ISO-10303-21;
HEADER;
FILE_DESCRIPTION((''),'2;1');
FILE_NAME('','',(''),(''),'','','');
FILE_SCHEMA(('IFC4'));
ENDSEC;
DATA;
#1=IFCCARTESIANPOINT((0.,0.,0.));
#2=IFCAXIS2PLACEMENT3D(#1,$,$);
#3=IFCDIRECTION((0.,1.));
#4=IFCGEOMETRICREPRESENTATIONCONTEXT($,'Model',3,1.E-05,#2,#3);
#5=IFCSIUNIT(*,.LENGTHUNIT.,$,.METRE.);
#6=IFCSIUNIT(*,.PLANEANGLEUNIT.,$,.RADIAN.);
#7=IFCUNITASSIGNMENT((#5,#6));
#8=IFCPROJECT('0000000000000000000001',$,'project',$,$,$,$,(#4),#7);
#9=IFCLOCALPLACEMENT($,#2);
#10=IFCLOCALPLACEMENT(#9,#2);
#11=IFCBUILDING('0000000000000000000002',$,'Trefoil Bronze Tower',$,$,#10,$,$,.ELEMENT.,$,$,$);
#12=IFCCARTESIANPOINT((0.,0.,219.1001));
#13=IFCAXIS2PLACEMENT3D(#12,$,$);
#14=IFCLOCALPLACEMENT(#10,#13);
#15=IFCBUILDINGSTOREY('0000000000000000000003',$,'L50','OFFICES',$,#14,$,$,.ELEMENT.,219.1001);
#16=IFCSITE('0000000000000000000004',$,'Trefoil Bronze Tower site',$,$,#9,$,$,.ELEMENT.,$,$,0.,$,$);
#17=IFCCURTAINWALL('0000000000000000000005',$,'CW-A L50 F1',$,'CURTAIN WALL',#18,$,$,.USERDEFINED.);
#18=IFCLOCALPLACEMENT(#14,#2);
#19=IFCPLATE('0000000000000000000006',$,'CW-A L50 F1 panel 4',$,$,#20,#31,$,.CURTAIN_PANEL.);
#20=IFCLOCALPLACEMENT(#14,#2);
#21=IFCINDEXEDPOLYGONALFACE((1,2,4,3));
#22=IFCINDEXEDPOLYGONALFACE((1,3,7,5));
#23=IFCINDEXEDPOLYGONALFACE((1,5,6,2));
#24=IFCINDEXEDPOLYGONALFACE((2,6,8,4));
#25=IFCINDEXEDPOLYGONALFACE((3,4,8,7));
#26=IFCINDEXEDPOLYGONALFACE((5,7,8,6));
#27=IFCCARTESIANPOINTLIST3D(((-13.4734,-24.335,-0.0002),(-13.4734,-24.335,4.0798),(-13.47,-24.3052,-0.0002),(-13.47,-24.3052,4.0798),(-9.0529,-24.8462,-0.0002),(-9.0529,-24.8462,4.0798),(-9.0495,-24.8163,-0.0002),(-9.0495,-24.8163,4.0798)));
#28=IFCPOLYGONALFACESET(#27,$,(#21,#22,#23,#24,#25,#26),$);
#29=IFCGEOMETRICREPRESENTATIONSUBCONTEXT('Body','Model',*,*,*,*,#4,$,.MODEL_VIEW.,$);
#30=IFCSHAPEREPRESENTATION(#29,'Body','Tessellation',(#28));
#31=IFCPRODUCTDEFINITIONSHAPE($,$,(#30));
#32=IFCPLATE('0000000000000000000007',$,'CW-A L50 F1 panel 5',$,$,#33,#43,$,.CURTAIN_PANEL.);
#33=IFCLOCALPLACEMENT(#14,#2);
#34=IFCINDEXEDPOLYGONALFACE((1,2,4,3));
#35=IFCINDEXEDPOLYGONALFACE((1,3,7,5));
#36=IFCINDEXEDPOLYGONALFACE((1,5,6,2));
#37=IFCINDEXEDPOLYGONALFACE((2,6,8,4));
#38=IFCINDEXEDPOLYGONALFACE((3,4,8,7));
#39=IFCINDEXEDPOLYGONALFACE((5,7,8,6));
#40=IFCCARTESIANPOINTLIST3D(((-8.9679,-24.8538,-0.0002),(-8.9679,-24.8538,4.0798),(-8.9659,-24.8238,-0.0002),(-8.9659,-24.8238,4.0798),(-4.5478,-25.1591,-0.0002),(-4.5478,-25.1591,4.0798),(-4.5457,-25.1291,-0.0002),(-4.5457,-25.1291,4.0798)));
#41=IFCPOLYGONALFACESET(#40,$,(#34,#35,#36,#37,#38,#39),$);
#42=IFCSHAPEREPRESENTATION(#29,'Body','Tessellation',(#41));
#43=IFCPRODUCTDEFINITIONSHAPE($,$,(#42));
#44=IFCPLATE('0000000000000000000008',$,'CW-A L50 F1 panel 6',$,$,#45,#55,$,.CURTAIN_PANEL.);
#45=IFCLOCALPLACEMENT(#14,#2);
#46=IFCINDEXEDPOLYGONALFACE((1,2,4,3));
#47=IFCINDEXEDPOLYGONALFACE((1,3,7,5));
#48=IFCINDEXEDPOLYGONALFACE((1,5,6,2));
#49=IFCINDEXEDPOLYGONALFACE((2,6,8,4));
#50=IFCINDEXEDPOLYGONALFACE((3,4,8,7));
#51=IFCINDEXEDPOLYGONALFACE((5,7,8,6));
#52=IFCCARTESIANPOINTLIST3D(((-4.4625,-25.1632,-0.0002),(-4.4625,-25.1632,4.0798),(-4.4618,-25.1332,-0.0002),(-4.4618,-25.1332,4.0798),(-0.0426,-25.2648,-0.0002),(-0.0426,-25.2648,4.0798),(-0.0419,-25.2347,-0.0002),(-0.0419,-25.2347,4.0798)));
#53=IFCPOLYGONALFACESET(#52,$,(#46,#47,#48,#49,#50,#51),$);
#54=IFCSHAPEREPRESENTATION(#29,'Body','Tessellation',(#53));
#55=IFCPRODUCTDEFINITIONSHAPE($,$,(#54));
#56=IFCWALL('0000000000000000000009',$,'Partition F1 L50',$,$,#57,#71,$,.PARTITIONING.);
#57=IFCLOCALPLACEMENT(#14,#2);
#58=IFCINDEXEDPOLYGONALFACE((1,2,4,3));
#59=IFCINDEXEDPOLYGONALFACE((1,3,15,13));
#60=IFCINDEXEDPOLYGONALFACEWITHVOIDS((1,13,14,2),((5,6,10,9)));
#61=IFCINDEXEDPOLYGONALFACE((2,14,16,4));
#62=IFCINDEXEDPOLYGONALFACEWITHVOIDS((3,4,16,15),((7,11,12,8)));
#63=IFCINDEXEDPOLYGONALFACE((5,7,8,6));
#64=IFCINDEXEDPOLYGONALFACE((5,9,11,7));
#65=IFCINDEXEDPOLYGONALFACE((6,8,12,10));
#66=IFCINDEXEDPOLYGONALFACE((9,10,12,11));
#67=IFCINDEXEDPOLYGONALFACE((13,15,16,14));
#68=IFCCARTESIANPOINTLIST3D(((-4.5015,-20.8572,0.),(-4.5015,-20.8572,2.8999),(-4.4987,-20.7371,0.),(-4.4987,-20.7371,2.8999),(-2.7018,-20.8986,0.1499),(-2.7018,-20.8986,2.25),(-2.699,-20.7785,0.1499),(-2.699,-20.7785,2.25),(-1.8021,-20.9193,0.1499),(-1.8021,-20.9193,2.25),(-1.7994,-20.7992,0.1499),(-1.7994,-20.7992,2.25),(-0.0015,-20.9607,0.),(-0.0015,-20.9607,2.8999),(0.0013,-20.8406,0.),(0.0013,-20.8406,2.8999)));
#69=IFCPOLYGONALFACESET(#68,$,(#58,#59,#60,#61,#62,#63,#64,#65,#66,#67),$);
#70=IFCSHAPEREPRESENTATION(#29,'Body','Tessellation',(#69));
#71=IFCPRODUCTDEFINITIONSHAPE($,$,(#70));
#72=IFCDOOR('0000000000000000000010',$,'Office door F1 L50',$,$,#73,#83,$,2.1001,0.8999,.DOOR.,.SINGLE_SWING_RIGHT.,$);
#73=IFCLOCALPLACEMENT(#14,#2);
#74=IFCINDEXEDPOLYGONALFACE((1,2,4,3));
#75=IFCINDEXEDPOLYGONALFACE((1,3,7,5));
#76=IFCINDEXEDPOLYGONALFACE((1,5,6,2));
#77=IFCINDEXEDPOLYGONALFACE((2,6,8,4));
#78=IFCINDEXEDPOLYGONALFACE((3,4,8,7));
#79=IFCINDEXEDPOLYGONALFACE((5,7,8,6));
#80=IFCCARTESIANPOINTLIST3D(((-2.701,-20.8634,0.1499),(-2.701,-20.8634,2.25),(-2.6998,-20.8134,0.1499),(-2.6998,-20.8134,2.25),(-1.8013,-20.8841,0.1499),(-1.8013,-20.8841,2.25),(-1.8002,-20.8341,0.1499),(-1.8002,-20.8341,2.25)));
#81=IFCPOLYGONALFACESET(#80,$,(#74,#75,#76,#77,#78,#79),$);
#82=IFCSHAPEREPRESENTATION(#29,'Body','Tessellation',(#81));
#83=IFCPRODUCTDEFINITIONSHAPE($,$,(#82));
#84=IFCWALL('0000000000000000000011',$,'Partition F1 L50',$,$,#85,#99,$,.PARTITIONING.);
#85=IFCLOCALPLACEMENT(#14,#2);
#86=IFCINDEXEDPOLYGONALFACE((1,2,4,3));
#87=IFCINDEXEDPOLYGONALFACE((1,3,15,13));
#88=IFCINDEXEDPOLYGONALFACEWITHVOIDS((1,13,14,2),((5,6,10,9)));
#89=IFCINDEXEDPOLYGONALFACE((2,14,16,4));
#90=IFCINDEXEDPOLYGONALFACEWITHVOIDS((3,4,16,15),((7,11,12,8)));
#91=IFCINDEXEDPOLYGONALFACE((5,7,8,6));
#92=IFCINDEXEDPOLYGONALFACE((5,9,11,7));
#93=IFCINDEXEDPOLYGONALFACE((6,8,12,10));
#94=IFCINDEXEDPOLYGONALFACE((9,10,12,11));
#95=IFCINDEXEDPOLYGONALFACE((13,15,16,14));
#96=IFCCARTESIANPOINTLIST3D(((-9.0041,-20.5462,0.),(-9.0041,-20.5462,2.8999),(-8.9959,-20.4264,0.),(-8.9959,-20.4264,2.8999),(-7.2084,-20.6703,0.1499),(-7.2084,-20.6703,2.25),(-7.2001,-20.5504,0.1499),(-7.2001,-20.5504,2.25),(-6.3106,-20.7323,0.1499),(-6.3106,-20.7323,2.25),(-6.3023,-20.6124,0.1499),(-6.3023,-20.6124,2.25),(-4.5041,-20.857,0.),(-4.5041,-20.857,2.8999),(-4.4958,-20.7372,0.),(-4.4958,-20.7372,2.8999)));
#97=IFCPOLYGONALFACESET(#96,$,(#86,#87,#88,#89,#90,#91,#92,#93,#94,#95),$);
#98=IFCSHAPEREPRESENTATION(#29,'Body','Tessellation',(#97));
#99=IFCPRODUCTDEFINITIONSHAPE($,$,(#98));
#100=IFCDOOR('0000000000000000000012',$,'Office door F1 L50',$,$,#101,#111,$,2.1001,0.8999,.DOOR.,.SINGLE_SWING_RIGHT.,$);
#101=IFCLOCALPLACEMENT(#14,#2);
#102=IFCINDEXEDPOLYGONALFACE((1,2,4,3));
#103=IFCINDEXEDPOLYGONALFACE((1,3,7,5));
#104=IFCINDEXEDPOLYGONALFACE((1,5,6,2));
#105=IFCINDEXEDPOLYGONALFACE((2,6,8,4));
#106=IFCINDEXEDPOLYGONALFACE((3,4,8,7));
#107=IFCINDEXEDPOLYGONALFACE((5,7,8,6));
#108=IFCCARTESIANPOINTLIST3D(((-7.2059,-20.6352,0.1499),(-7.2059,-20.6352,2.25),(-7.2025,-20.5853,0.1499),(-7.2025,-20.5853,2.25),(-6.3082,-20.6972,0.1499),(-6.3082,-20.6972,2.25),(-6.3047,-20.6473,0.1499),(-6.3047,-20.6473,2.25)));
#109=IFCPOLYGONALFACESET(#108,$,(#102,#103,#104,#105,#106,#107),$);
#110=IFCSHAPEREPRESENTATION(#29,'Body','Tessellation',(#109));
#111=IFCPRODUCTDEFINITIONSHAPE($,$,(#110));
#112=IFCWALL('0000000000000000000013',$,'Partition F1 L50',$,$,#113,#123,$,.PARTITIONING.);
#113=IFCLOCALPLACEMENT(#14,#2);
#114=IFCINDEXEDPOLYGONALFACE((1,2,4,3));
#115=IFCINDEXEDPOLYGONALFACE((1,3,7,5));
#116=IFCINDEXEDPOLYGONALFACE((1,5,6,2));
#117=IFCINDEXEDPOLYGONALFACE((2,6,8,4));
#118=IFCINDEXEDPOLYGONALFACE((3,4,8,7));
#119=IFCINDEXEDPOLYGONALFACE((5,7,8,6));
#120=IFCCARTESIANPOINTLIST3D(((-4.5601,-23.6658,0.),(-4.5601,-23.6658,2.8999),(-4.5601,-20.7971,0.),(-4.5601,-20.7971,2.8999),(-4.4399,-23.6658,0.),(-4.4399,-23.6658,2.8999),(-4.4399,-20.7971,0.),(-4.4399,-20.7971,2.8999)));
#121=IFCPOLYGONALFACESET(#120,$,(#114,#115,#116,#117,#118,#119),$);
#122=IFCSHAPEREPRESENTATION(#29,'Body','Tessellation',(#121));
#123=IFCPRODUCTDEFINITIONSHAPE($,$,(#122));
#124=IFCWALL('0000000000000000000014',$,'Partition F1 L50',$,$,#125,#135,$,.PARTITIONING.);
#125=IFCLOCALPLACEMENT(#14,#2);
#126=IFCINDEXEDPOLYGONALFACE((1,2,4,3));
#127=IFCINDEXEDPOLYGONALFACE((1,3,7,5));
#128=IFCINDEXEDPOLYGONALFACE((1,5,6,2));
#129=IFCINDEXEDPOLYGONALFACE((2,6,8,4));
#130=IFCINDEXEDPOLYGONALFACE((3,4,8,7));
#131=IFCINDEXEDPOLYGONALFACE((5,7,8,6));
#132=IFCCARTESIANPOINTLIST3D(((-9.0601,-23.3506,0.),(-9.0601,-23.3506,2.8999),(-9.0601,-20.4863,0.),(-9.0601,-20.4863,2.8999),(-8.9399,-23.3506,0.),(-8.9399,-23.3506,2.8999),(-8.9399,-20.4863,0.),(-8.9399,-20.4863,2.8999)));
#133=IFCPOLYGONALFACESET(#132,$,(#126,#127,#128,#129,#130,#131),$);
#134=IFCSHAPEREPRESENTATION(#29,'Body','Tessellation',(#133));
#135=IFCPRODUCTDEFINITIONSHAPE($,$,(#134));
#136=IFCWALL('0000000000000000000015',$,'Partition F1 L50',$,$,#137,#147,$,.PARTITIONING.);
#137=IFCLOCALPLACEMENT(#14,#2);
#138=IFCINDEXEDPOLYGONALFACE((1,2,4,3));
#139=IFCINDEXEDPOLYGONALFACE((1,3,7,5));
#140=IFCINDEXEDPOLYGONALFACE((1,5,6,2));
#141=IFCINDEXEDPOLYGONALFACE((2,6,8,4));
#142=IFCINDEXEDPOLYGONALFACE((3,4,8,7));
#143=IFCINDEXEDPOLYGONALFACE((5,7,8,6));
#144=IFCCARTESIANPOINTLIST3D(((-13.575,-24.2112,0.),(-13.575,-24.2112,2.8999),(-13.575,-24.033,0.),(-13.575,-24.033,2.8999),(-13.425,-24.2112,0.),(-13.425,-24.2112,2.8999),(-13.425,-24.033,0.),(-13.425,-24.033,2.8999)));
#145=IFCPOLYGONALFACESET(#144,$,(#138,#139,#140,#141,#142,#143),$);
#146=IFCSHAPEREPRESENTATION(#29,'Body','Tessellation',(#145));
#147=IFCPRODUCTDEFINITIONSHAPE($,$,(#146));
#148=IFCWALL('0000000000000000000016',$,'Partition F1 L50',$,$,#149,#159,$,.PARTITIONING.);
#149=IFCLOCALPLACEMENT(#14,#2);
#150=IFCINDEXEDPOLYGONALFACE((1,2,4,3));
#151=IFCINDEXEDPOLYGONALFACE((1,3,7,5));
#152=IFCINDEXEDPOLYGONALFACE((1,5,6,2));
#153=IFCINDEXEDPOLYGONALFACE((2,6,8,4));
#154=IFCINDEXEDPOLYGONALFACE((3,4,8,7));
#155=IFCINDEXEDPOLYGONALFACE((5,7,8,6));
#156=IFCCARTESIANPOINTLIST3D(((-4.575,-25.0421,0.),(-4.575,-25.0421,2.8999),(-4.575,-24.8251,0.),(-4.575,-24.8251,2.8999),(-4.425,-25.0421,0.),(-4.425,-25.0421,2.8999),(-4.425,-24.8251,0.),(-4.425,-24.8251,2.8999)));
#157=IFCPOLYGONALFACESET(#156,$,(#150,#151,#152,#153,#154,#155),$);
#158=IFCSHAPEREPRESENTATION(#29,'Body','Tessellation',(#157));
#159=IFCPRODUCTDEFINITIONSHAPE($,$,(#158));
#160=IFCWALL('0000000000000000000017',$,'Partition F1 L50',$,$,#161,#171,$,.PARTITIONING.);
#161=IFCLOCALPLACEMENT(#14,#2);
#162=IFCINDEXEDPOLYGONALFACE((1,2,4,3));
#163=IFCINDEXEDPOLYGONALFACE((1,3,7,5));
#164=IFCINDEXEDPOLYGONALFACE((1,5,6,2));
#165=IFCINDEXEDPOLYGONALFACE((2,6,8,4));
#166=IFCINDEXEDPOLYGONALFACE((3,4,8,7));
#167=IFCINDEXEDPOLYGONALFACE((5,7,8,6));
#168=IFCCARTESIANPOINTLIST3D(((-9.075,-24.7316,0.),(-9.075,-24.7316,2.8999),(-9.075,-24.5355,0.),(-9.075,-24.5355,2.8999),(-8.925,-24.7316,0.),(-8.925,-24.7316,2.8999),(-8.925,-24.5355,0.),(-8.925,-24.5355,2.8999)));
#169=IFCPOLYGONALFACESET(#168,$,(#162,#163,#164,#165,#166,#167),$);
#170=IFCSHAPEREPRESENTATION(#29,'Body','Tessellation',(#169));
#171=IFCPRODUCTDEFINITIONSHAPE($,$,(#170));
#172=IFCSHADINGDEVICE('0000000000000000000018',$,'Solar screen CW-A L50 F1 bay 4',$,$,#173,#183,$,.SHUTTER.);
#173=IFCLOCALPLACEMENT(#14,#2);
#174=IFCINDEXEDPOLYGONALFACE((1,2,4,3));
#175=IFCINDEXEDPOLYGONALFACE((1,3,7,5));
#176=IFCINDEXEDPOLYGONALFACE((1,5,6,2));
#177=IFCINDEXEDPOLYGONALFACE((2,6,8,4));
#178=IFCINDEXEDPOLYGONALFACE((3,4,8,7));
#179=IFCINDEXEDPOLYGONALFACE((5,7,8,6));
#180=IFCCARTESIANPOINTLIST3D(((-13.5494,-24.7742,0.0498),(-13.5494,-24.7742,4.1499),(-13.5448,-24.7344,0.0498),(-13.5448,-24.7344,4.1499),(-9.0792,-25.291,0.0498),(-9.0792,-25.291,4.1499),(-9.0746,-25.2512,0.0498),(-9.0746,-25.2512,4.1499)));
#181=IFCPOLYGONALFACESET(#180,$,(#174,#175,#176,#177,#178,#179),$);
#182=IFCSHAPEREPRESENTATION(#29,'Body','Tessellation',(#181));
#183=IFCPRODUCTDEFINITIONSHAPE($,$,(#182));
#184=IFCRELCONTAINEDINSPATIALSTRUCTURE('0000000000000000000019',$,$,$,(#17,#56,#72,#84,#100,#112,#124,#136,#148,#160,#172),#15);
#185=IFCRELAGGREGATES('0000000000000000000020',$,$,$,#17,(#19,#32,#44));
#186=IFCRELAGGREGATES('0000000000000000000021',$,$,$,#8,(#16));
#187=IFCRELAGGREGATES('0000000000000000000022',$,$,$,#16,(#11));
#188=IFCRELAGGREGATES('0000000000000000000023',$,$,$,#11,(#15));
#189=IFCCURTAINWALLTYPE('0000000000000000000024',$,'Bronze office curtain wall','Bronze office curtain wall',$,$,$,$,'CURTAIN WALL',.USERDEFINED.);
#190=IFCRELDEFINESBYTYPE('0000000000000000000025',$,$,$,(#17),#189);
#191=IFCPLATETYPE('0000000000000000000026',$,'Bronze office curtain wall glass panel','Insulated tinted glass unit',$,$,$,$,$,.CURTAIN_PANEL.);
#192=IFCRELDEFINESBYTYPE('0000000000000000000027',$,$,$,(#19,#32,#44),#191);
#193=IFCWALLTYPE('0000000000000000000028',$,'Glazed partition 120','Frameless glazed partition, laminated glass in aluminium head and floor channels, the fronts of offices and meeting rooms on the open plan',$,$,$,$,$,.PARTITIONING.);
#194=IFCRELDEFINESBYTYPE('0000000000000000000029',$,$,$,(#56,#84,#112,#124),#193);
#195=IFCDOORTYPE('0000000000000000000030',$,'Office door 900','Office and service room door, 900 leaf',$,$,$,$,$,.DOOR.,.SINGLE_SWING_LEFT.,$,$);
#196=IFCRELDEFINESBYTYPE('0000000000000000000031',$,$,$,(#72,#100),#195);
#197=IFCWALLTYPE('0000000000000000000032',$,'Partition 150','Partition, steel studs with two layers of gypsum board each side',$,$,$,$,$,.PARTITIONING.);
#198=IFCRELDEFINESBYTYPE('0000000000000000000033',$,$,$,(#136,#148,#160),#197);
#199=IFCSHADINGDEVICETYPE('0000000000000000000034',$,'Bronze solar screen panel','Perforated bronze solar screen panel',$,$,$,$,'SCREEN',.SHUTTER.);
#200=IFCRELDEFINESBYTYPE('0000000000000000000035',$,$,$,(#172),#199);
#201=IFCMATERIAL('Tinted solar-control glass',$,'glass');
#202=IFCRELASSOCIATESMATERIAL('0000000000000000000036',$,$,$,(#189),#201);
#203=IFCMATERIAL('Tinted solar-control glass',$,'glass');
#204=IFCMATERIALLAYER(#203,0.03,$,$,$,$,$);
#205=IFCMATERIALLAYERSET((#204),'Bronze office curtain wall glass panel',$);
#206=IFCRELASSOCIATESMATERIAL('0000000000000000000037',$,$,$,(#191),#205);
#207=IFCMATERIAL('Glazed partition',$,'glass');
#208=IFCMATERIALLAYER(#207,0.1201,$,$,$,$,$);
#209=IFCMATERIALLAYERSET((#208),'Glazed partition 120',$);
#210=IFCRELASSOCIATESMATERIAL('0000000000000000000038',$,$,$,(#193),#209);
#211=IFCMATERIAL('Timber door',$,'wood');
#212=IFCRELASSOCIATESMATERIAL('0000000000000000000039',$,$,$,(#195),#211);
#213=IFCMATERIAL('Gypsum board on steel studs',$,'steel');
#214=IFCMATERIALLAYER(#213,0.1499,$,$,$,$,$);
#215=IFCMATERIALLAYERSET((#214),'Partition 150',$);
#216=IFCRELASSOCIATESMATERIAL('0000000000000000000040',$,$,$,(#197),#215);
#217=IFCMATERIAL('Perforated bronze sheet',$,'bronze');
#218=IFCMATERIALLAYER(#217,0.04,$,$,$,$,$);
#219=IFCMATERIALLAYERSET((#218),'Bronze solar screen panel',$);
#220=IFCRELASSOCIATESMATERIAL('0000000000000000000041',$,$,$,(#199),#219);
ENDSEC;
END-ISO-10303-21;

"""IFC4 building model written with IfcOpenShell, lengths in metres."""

from ifc_helpers import new_model, si_unit, direction, frame, frame_2d, origin, origin_2d, place, context, subcontext, project, spatial, rectangle, extrude, material, layer, layer_set, type_object, element, fill, aggregate, save


model = new_model("IFC4")

# Units and contexts
model_context = context("Model", 3, precision=1e-05, world=origin(), true_north=direction((0.0, 1.0)))
body_context = subcontext(model_context, "Body", "Model", "MODEL_VIEW")
ifc_project = project(units=[si_unit("LENGTHUNIT", "METRE"), si_unit("PLANEANGLEUNIT", "RADIAN")], contexts=[model_context])

# Site, building, storey
site_placement = place(None, origin())
site = spatial("IfcSite", under=ifc_project, at=site_placement, Name="Trefoil Bronze Tower site", CompositionType="ELEMENT", RefElevation=0.0)
building_placement = place(site_placement, origin())
building = spatial("IfcBuilding", under=site, at=building_placement, Name="Trefoil Bronze Tower", CompositionType="ELEMENT")
storey_placement = place(building_placement, frame((0.0, 0.0, 219.1001)))
storey = spatial("IfcBuildingStorey", under=building, at=storey_placement, Name="L50", Description="OFFICES", CompositionType="ELEMENT", Elevation=219.1001)

# Curtain wall
ifc_material_1 = material(Name="Tinted solar-control glass", Category="glass")
curtain_wall_type = type_object("IfcCurtainWallType", Name="Bronze office curtain wall", Description="Bronze office curtain wall", ElementType="CURTAIN WALL", PredefinedType="USERDEFINED", material=ifc_material_1)
curtain_wall_placement = place(storey_placement, origin())
curtain_wall = element("IfcCurtainWall", 1, at=curtain_wall_placement, inside=storey, type_object=curtain_wall_type, Name="CW-A L50 F1", ObjectType="CURTAIN WALL", PredefinedType="USERDEFINED")

# Plates
ifc_material_2 = material(Name="Tinted solar-control glass", Category="glass")
ifc_layer_1 = layer(ifc_material_2, 0.03)
ifc_layer_set_1 = layer_set([ifc_layer_1], Name="Bronze office curtain wall glass panel")
plate_type = type_object("IfcPlateType", Name="Bronze office curtain wall glass panel", Description="Insulated tinted glass unit", PredefinedType="CURTAIN_PANEL", material=ifc_layer_set_1)
plate_1_placement = place(storey_placement, frame((-11.2615, -24.5757, -0.0002), z_axis=(0.0, 0.0, 1.0), x_axis=(0.993382, -0.114859, 0.0)))
plate_1 = element("IfcPlate", 2, at=plate_1_placement, type_object=plate_type, Name="CW-A L50 F1 panel 4", PredefinedType="CURTAIN_PANEL", context=body_context, shape_type="SweptSolid", body=[
    extrude(rectangle(XDim=4.45, YDim=0.03, at=origin_2d()), origin(), (0.0, 0.0, 1.0), 4.0801),
])
plate_2_placement = place(storey_placement, frame((-6.7568, -24.9915, -0.0002), z_axis=(0.0, 0.0, 1.0), x_axis=(0.997623, -0.068915, 0.0)))
plate_2 = element("IfcPlate", 3, at=plate_2_placement, type_object=plate_type, Name="CW-A L50 F1 panel 5", PredefinedType="CURTAIN_PANEL", context=body_context, shape_type="SweptSolid", body=[
    extrude(rectangle(XDim=4.4307, YDim=0.03, at=origin_2d()), origin(), (0.0, 0.0, 1.0), 4.0801),
])
plate_3_placement = place(storey_placement, frame((-2.2522, -25.199, -0.0002), z_axis=(0.0, 0.0, 1.0), x_axis=(0.999736, -0.022972, 0.0)))
plate_3 = element("IfcPlate", 4, at=plate_3_placement, type_object=plate_type, Name="CW-A L50 F1 panel 6", PredefinedType="CURTAIN_PANEL", context=body_context, shape_type="SweptSolid", body=[
    extrude(rectangle(XDim=4.4211, YDim=0.03, at=origin_2d()), origin(), (0.0, 0.0, 1.0), 4.0801),
])
aggregate(curtain_wall, [plate_1, plate_2, plate_3])

# Walls, openings, doors
ifc_material_3 = material(Name="Glazed partition", Category="glass")
ifc_layer_2 = layer(ifc_material_3, 0.1201)
ifc_layer_set_2 = layer_set([ifc_layer_2], Name="Glazed partition 120")
wall_type_1 = type_object("IfcWallType", Name="Glazed partition 120", Description="Frameless glazed partition, laminated glass in aluminium head and floor channels, the fronts of offices and meeting rooms on the open plan", PredefinedType="PARTITIONING", material=ifc_layer_set_2)
wall_1_placement = place(storey_placement, frame((-4.5, -20.7971, 0.0), z_axis=(0.0, 0.0, 1.0), x_axis=(0.999736, -0.022997, 0.0)))
wall_1 = element("IfcWall", 5, at=wall_1_placement, inside=storey, type_object=wall_type_1, Name="Partition F1 L50", PredefinedType="PARTITIONING", context=body_context, shape_type="SweptSolid", body=[
    extrude(rectangle(XDim=4.5012, YDim=0.1201, at=frame_2d((2.2505, 0.0))), origin(), (0.0, 0.0, 1.0), 2.8999),
])
opening_1_placement = place(wall_1_placement, frame((1.8, 0.0, 0.1499)))
opening_1 = element("IfcOpeningElement", 6, at=opening_1_placement, cuts=wall_1, PredefinedType="OPENING", context=body_context, shape_type="SweptSolid", body=[
    extrude(rectangle(XDim=0.8999, YDim=2.1001, at=frame_2d((0.45, 1.05))), frame((0.0, 0.0701, 0.0), z_axis=(0.0, -1.0, 0.0), x_axis=(1.0, 0.0, 0.0)), (0.0, 0.0, 1.0), 0.1401),
])
ifc_material_4 = material(Name="Timber door", Category="wood")
door_type = type_object("IfcDoorType", Name="Office door 900", Description="Office and service room door, 900 leaf", OperationType="SINGLE_SWING_LEFT", PredefinedType="DOOR", material=ifc_material_4)
door_1_placement = place(opening_1_placement, frame((0.8999, 0.0, 0.0), z_axis=(0.0, 0.0, 1.0), x_axis=(-1.0, 0.0, 0.0)))
door_1 = element("IfcDoor", 7, at=door_1_placement, inside=storey, type_object=door_type, Name="Office door F1 L50", OperationType="SINGLE_SWING_RIGHT", OverallHeight=2.1001, OverallWidth=0.8999, PredefinedType="DOOR", context=body_context, shape_type="SweptSolid", body=[
    extrude(rectangle(XDim=0.8999, YDim=2.1001, at=frame_2d((0.45, 1.05))), frame((0.0, 0.0249, 0.0), z_axis=(0.0, -1.0, 0.0), x_axis=(1.0, 0.0, 0.0)), (0.0, 0.0, 1.0), 0.05),
])
fill(opening_1, door_1)
wall_2_placement = place(storey_placement, frame((-9.0, -20.4863, 0.0), z_axis=(0.0, 0.0, 1.0), x_axis=(0.997624, -0.068901, 0.0)))
wall_2 = element("IfcWall", 8, at=wall_2_placement, inside=storey, type_object=wall_type_1, Name="Partition F1 L50", PredefinedType="PARTITIONING", context=body_context, shape_type="SweptSolid", body=[
    extrude(rectangle(XDim=4.5107, YDim=0.1201, at=frame_2d((2.2554, 0.0))), origin(), (0.0, 0.0, 1.0), 2.8999),
])
opening_2_placement = place(wall_2_placement, frame((1.8, 0.0, 0.1499)))
opening_2 = element("IfcOpeningElement", 9, at=opening_2_placement, cuts=wall_2, PredefinedType="OPENING", context=body_context, shape_type="SweptSolid", body=[
    extrude(rectangle(XDim=0.8999, YDim=2.1001, at=frame_2d((0.45, 1.05))), frame((0.0, 0.0701, 0.0), z_axis=(0.0, -1.0, 0.0), x_axis=(1.0, 0.0, 0.0)), (0.0, 0.0, 1.0), 0.1401),
])
door_2_placement = place(opening_2_placement, frame((0.8999, 0.0, 0.0), z_axis=(0.0, 0.0, 1.0), x_axis=(-1.0, 0.0, 0.0)))
door_2 = element("IfcDoor", 10, at=door_2_placement, inside=storey, type_object=door_type, Name="Office door F1 L50", OperationType="SINGLE_SWING_RIGHT", OverallHeight=2.1001, OverallWidth=0.8999, PredefinedType="DOOR", context=body_context, shape_type="SweptSolid", body=[
    extrude(rectangle(XDim=0.8999, YDim=2.1001, at=frame_2d((0.45, 1.05))), frame((0.0, 0.0249, 0.0), z_axis=(0.0, -1.0, 0.0), x_axis=(1.0, 0.0, 0.0)), (0.0, 0.0, 1.0), 0.05),
])
fill(opening_2, door_2)

# Walls
wall_3_placement = place(storey_placement, frame((-4.5, -20.7971, 0.0), z_axis=(0.0, 0.0, 1.0), x_axis=(0.0, -1.0, 0.0)))
element("IfcWall", 11, at=wall_3_placement, inside=storey, type_object=wall_type_1, Name="Partition F1 L50", PredefinedType="PARTITIONING", context=body_context, shape_type="SweptSolid", body=[
    extrude(rectangle(XDim=2.8687, YDim=0.1201, at=frame_2d((1.4343, 0.0))), origin(), (0.0, 0.0, 1.0), 2.8999),
])
wall_4_placement = place(storey_placement, frame((-9.0, -20.4863, 0.0), z_axis=(0.0, 0.0, 1.0), x_axis=(0.0, -1.0, 0.0)))
element("IfcWall", 12, at=wall_4_placement, inside=storey, type_object=wall_type_1, Name="Partition F1 L50", PredefinedType="PARTITIONING", context=body_context, shape_type="SweptSolid", body=[
    extrude(rectangle(XDim=2.8643, YDim=0.1201, at=frame_2d((1.4321, 0.0))), origin(), (0.0, 0.0, 1.0), 2.8999),
])
ifc_material_5 = material(Name="Gypsum board on steel studs", Category="steel")
ifc_layer_3 = layer(ifc_material_5, 0.1499)
ifc_layer_set_3 = layer_set([ifc_layer_3], Name="Partition 150")
wall_type_2 = type_object("IfcWallType", Name="Partition 150", Description="Partition, steel studs with two layers of gypsum board each side", PredefinedType="PARTITIONING", material=ifc_layer_set_3)
wall_5_placement = place(storey_placement, frame((-13.5, -24.033, 0.0), z_axis=(0.0, 0.0, 1.0), x_axis=(0.0, -1.0, 0.0)))
element("IfcWall", 13, at=wall_5_placement, inside=storey, type_object=wall_type_2, Name="Partition F1 L50", PredefinedType="PARTITIONING", context=body_context, shape_type="SweptSolid", body=[
    extrude(rectangle(XDim=0.1782, YDim=0.1499, at=frame_2d((0.0891, 0.0))), origin(), (0.0, 0.0, 1.0), 2.8999),
])
wall_6_placement = place(storey_placement, frame((-4.5, -24.8252, 0.0), z_axis=(0.0, 0.0, 1.0), x_axis=(0.0, -1.0, 0.0)))
element("IfcWall", 14, at=wall_6_placement, inside=storey, type_object=wall_type_2, Name="Partition F1 L50", PredefinedType="PARTITIONING", context=body_context, shape_type="SweptSolid", body=[
    extrude(rectangle(XDim=0.217, YDim=0.1499, at=frame_2d((0.1084, 0.0))), origin(), (0.0, 0.0, 1.0), 2.8999),
])
wall_7_placement = place(storey_placement, frame((-9.0, -24.5354, 0.0), z_axis=(0.0, 0.0, 1.0), x_axis=(0.0, -1.0, 0.0)))
element("IfcWall", 15, at=wall_7_placement, inside=storey, type_object=wall_type_2, Name="Partition F1 L50", PredefinedType="PARTITIONING", context=body_context, shape_type="SweptSolid", body=[
    extrude(rectangle(XDim=0.196, YDim=0.1499, at=frame_2d((0.0981, 0.0))), origin(), (0.0, 0.0, 1.0), 2.8999),
])

# Shading device
ifc_material_6 = material(Name="Perforated bronze sheet", Category="bronze")
ifc_layer_4 = layer(ifc_material_6, 0.04)
ifc_layer_set_4 = layer_set([ifc_layer_4], Name="Bronze solar screen panel")
shading_device_type = type_object("IfcShadingDeviceType", Name="Bronze solar screen panel", Description="Perforated bronze solar screen panel", ElementType="SCREEN", PredefinedType="SHUTTER", material=ifc_layer_set_4)
shading_device_1_placement = place(storey_placement, frame((-11.312, -25.0127, 0.0498), z_axis=(0.0, 0.0, 1.0), x_axis=(0.993382, -0.114859, 0.0)))
element("IfcShadingDevice", 16, at=shading_device_1_placement, inside=storey, type_object=shading_device_type, Name="Solar screen CW-A L50 F1 bay 4", PredefinedType="SHUTTER", context=body_context, shape_type="SweptSolid", body=[
    extrude(rectangle(XDim=4.5, YDim=0.04, at=origin_2d()), origin(), (0.0, 0.0, 1.0), 4.1001),
])

save(model, "model.ifc")
